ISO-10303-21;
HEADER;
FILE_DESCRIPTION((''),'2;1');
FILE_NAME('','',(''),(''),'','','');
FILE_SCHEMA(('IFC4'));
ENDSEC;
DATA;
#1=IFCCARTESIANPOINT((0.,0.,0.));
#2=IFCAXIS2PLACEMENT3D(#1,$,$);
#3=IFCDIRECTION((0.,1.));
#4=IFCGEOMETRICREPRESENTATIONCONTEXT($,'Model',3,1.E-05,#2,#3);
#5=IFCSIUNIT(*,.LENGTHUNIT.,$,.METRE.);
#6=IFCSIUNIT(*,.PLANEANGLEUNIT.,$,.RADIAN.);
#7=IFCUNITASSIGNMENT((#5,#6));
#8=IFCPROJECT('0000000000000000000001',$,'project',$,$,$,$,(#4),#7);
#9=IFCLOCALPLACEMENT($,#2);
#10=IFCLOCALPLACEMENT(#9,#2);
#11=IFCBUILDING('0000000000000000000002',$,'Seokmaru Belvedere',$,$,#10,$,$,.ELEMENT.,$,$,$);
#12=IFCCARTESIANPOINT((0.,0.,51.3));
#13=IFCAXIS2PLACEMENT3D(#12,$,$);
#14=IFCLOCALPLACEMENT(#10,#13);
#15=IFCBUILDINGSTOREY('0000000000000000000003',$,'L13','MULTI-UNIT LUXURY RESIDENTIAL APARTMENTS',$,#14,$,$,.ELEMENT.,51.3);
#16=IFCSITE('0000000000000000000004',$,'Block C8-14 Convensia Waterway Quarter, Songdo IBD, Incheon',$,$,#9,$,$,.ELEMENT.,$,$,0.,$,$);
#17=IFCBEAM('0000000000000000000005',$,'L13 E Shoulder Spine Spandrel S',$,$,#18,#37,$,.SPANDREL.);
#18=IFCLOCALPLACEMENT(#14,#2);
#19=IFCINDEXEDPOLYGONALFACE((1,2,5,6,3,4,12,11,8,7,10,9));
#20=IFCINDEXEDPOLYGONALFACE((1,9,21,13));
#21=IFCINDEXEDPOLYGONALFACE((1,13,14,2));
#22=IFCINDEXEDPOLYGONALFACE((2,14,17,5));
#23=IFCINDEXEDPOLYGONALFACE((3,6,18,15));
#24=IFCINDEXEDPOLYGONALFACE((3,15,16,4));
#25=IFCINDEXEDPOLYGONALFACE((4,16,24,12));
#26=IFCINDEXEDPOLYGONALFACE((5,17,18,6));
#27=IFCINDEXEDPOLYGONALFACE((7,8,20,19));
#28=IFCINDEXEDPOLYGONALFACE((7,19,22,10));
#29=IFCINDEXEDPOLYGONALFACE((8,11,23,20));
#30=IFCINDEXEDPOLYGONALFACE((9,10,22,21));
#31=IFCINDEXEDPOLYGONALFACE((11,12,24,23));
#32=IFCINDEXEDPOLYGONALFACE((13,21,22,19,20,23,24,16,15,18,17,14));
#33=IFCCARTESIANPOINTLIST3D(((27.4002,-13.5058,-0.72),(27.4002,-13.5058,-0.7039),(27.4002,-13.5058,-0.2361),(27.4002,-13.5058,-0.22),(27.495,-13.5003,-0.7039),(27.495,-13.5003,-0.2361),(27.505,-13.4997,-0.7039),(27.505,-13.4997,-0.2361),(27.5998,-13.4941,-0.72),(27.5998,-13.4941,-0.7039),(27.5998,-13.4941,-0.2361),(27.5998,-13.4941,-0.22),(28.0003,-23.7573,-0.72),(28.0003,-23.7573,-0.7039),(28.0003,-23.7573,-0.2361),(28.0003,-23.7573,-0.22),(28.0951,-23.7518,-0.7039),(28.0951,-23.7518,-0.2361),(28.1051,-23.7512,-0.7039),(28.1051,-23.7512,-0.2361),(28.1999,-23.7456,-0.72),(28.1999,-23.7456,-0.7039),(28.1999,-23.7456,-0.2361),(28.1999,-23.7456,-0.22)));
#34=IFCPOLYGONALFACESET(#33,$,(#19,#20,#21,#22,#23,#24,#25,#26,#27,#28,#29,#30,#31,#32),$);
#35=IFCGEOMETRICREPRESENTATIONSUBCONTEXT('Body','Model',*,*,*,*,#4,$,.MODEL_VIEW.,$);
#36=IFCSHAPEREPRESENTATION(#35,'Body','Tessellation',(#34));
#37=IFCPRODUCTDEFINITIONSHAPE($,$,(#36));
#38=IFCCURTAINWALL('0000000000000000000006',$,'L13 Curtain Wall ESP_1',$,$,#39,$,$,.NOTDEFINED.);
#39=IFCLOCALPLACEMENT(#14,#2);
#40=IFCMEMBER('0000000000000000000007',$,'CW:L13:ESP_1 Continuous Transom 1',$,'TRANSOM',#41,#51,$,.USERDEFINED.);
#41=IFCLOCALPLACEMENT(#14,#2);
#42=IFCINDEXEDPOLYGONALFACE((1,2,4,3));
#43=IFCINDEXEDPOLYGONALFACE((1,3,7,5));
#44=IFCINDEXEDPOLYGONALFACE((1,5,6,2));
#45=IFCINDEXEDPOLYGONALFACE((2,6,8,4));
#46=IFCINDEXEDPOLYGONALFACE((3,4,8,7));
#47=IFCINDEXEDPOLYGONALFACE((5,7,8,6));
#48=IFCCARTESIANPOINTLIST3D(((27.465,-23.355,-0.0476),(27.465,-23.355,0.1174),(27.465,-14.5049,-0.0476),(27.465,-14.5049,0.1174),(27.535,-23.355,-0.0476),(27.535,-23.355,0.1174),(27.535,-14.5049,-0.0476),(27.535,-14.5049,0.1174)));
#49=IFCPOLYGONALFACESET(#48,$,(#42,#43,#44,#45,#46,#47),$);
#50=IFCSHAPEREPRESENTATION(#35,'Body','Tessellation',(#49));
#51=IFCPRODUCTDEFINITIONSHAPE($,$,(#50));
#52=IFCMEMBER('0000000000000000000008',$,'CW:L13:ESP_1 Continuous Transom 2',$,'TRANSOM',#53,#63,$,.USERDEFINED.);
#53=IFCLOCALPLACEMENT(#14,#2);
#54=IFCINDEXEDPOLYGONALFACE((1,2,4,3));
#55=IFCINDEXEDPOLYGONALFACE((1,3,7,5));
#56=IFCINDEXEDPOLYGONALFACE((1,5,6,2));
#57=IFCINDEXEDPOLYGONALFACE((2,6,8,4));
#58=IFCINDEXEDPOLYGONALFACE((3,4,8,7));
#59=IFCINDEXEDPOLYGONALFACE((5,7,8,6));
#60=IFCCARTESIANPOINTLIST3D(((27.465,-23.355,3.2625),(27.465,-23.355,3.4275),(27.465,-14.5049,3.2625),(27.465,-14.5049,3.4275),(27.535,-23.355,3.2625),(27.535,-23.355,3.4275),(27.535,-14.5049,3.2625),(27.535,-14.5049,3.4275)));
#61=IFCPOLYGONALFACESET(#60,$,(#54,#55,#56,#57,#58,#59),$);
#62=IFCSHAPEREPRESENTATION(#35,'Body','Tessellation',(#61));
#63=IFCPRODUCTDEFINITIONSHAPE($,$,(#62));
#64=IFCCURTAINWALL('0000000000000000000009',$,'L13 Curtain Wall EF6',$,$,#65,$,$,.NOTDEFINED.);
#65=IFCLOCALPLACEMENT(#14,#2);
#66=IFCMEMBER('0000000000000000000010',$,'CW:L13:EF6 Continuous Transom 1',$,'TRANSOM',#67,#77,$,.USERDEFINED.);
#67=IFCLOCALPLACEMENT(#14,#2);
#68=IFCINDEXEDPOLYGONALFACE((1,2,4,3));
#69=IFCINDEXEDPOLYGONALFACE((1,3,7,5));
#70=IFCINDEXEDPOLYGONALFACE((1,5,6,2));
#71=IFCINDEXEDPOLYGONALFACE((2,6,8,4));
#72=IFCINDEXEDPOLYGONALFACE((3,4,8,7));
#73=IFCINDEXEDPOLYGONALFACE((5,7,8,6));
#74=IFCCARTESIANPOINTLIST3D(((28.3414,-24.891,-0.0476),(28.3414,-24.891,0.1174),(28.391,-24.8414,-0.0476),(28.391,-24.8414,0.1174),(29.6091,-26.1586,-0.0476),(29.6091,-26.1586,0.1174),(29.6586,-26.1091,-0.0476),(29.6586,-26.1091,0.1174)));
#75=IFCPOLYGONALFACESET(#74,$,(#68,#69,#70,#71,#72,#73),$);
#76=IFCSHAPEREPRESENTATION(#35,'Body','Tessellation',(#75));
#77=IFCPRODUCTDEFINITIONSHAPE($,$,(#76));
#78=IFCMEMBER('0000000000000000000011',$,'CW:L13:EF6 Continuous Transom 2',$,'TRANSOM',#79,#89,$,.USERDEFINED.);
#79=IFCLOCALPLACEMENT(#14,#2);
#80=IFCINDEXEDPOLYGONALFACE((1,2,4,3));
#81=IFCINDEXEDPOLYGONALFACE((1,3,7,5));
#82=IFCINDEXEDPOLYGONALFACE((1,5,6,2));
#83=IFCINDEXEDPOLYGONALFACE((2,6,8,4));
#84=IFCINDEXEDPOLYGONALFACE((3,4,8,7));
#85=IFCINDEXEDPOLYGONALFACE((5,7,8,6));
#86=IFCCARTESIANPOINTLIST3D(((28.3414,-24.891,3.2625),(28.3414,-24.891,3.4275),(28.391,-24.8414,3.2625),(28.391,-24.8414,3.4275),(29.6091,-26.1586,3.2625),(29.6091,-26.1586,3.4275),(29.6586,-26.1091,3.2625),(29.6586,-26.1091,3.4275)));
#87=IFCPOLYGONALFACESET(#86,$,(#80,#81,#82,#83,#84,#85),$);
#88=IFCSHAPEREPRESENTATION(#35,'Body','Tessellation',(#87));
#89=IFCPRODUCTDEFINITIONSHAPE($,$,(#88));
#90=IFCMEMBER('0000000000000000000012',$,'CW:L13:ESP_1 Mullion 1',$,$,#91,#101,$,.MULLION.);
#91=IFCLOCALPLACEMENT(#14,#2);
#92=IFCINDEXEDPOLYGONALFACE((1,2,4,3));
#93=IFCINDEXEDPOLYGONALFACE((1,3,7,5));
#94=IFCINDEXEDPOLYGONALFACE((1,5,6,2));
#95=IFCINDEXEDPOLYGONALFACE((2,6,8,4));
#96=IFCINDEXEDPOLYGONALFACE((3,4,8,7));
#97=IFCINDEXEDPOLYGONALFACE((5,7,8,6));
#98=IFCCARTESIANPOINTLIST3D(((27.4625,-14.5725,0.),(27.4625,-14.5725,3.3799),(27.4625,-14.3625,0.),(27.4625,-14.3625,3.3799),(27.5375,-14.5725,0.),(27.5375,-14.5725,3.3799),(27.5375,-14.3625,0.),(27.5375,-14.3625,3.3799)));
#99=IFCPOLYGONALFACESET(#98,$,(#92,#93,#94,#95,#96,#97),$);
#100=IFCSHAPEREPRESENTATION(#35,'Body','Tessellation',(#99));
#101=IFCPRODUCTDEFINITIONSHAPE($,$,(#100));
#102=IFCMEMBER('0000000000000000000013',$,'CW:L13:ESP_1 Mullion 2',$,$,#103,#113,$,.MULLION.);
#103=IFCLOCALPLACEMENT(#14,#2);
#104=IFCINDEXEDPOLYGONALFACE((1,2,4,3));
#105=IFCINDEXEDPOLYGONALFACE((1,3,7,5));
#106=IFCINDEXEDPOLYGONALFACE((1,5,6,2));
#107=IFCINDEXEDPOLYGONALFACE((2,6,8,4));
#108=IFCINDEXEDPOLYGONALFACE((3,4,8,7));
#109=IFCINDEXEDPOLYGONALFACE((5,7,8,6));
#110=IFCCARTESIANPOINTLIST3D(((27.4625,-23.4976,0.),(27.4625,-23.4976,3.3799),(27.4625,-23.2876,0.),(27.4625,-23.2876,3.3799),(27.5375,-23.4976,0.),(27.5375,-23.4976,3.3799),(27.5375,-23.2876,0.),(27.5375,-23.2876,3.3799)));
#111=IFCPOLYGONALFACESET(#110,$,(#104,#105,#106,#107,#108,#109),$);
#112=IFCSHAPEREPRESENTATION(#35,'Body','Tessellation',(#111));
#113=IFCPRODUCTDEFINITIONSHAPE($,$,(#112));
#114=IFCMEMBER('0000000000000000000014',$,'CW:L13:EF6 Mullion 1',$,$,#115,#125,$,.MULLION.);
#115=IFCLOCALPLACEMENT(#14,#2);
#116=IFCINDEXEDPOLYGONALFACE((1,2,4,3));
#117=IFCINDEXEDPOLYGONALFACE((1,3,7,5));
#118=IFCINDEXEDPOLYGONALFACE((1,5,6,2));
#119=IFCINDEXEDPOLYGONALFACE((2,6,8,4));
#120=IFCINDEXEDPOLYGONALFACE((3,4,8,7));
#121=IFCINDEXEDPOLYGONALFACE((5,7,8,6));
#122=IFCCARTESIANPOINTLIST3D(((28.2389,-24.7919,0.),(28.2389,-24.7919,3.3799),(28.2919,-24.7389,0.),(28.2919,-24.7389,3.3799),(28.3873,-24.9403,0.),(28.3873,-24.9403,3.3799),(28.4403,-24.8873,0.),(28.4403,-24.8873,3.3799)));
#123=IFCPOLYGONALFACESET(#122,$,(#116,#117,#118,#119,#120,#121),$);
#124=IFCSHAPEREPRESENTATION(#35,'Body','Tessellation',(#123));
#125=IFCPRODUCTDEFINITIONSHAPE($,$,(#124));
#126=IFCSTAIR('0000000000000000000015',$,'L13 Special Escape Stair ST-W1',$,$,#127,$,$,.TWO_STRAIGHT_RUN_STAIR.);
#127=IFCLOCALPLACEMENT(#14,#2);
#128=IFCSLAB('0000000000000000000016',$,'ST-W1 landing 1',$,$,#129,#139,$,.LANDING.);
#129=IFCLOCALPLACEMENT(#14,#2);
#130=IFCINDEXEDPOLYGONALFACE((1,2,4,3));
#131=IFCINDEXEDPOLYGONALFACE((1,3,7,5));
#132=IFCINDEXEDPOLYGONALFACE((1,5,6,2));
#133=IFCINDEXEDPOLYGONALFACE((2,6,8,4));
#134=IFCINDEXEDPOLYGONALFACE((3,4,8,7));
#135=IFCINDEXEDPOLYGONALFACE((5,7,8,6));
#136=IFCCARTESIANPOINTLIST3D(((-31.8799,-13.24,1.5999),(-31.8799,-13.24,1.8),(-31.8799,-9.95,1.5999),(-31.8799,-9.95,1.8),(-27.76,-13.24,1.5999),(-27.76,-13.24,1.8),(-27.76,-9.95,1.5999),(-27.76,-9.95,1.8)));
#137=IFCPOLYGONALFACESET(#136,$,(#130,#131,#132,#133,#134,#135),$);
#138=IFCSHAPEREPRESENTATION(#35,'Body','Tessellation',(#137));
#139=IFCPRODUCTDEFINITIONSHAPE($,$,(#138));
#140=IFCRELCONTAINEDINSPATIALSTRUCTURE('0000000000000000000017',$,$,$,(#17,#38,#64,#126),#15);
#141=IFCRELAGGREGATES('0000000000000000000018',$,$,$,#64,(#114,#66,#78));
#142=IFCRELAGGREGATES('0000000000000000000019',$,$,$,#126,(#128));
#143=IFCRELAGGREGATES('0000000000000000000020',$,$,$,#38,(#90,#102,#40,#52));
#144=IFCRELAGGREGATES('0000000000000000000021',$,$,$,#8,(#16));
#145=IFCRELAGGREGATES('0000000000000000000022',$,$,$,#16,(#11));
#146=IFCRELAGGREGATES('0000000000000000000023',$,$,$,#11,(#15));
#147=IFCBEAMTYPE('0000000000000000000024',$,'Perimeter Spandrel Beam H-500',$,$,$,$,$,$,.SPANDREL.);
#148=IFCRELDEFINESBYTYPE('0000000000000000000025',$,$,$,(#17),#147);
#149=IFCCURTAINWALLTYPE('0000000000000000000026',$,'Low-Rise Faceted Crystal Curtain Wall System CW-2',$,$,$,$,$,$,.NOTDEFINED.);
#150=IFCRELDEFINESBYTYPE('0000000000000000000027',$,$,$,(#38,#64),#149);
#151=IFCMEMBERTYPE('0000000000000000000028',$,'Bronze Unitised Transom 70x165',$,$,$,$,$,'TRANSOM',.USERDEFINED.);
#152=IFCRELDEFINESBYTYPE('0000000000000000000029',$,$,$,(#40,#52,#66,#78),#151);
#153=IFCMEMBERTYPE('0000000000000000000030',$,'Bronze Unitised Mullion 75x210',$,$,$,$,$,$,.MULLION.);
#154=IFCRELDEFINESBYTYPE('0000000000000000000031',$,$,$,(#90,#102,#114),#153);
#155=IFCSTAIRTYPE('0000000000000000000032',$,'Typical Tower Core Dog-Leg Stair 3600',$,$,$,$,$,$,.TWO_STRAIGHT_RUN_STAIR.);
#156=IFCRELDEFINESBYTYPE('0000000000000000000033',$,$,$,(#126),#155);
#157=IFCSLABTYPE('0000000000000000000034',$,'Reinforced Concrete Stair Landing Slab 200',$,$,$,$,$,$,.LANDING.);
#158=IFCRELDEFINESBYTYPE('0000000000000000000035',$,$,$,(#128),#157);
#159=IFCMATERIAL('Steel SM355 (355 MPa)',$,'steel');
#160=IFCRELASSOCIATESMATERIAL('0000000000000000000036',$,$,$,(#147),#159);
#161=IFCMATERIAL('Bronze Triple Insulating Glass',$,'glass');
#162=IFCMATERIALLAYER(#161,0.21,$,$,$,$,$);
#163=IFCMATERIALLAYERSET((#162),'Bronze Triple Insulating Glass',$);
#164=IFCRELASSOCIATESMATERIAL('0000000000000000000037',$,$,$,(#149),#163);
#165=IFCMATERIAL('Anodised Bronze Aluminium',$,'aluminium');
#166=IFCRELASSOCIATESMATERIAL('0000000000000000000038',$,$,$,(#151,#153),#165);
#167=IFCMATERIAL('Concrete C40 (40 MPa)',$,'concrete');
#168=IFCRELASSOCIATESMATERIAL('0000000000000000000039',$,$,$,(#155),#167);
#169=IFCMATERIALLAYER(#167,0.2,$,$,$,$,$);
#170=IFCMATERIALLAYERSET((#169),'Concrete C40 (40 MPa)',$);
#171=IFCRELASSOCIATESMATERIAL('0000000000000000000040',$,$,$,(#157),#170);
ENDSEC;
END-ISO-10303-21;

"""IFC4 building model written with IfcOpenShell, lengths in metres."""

from ifc_helpers import new_model, si_unit, direction, frame, origin, origin_2d, place, context, subcontext, project, spatial, polyline, rectangle, i_section, outline, extrude, source, transform, mapped, material, layer, layer_set, material_profile, profile_set, type_object, type_shapes, element, aggregate, save


model = new_model("IFC4")

# Units and contexts
model_context = context("Model", 3, precision=1e-05, world=origin(), true_north=direction((0.0, 1.0)))
body_context = subcontext(model_context, "Body", "Model", "MODEL_VIEW")
ifc_project = project(units=[si_unit("LENGTHUNIT", "METRE"), si_unit("PLANEANGLEUNIT", "RADIAN")], contexts=[model_context])

# Site, building, storey
site_placement = place(None, origin())
site = spatial("IfcSite", under=ifc_project, at=site_placement, Name="Block C8-14 Convensia Waterway Quarter, Songdo IBD, Incheon", CompositionType="ELEMENT", RefElevation=0.0)
building_placement = place(site_placement, origin())
building = spatial("IfcBuilding", under=site, at=building_placement, Name="Seokmaru Belvedere", CompositionType="ELEMENT")
storey_placement = place(building_placement, frame((0.0, 0.0, 51.3)))
storey = spatial("IfcBuildingStorey", under=building, at=storey_placement, Name="L13", Description="MULTI-UNIT LUXURY RESIDENTIAL APARTMENTS", CompositionType="ELEMENT", Elevation=51.3)

# Shared definitions
ifc_material_1 = material(Name="Steel SM355 (355 MPa)", Category="steel")

# Beam
ifc_material_profile_1 = material_profile(ifc_material_1, i_section(OverallWidth=0.2, OverallDepth=0.5, WebThickness=0.01, FlangeThickness=0.0161, at=origin_2d()), Name="H-500x200x10x16")
ifc_profile_set_1 = profile_set([ifc_material_profile_1], Name="Steel SM355 (355 MPa)")
beam_type_1 = type_object("IfcBeamType", Name="Perimeter Spandrel Beam H-500", PredefinedType="SPANDREL", material=ifc_profile_set_1)
shared_shape_1 = source(origin(), body_context, "Body", "SweptSolid", [
    extrude(i_section(OverallWidth=0.2, OverallDepth=0.5, WebThickness=0.01, FlangeThickness=0.0161, at=origin_2d()), origin(), (0.0, 0.0, 1.0), 10.269),
])
beam_1_placement = place(storey_placement, frame((28.1001, -23.7515, -0.47), z_axis=(-0.058438, 0.998291, 0.0), x_axis=(-0.998291, -0.058438, 0.0)))
element("IfcBeam", 1, at=beam_1_placement, inside=storey, type_object=beam_type_1, Name="L13 E Shoulder Spine Spandrel S", PredefinedType="SPANDREL", context=body_context, shape_type="MappedRepresentation", body=[
    mapped(shared_shape_1, transform((0.0, 0.0, 0.0), scale=1.0)),
])

# Curtain walls, members
ifc_material_2 = material(Name="Bronze Triple Insulating Glass", Category="glass")
ifc_layer_1 = layer(ifc_material_2, 0.21)
ifc_layer_set_1 = layer_set([ifc_layer_1], Name="Bronze Triple Insulating Glass")
curtain_wall_type = type_object("IfcCurtainWallType", Name="Low-Rise Faceted Crystal Curtain Wall System CW-2", PredefinedType="NOTDEFINED", material=ifc_layer_set_1)
curtain_wall_1_placement = place(storey_placement, origin())
curtain_wall_1 = element("IfcCurtainWall", 2, at=curtain_wall_1_placement, inside=storey, type_object=curtain_wall_type, Name="L13 Curtain Wall ESP_1", PredefinedType="NOTDEFINED")
ifc_material_3 = material(Name="Anodised Bronze Aluminium", Category="aluminium")
ifc_material_profile_2 = material_profile(ifc_material_3, rectangle(XDim=0.0701, YDim=0.165, at=origin_2d()), Name="CW-T-70x165")
ifc_profile_set_2 = profile_set([ifc_material_profile_2], Name="Anodised Bronze Aluminium")
member_type_1 = type_object("IfcMemberType", Name="Bronze Unitised Transom 70x165", ElementType="TRANSOM", PredefinedType="USERDEFINED", material=ifc_profile_set_2)
shared_shape_2 = source(origin(), body_context, "Body", "SweptSolid", [
    extrude(rectangle(XDim=0.0701, YDim=0.165, at=origin_2d()), origin(), (0.0, 0.0, 1.0), 8.8501),
])
member_1_placement = place(storey_placement, frame((27.5, -14.5049, 0.0349), z_axis=(0.0, -1.0, 0.0), x_axis=(1.0, 0.0, 0.0)))
member_1 = element("IfcMember", 3, at=member_1_placement, type_object=member_type_1, Name="CW:L13:ESP_1 Continuous Transom 1", ObjectType="TRANSOM", PredefinedType="USERDEFINED", context=body_context, shape_type="MappedRepresentation", body=[
    mapped(shared_shape_2, transform((0.0, 0.0, 0.0), scale=1.0)),
])
member_2_placement = place(storey_placement, frame((27.5, -14.5049, 3.345), z_axis=(0.0, -1.0, 0.0), x_axis=(1.0, 0.0, 0.0)))
member_2 = element("IfcMember", 4, at=member_2_placement, type_object=member_type_1, Name="CW:L13:ESP_1 Continuous Transom 2", ObjectType="TRANSOM", PredefinedType="USERDEFINED", context=body_context, shape_type="MappedRepresentation", body=[
    mapped(shared_shape_2, transform((0.0, 0.0, 0.0), scale=1.0)),
])
curtain_wall_2_placement = place(storey_placement, origin())
curtain_wall_2 = element("IfcCurtainWall", 5, at=curtain_wall_2_placement, inside=storey, type_object=curtain_wall_type, Name="L13 Curtain Wall EF6", PredefinedType="NOTDEFINED")
shared_shape_3 = source(origin(), body_context, "Body", "SweptSolid", [
    extrude(rectangle(XDim=0.0701, YDim=0.165, at=origin_2d()), origin(), (0.0, 0.0, 1.0), 1.7927),
])
type_shapes(member_type_1, [shared_shape_2, shared_shape_3])
member_3_placement = place(storey_placement, frame((28.3662, -24.8662, 0.0349), z_axis=(0.707107, -0.707107, 0.0), x_axis=(0.707107, 0.707107, 0.0)))
member_3 = element("IfcMember", 6, at=member_3_placement, type_object=member_type_1, Name="CW:L13:EF6 Continuous Transom 1", ObjectType="TRANSOM", PredefinedType="USERDEFINED", context=body_context, shape_type="MappedRepresentation", body=[
    mapped(shared_shape_3, transform((0.0, 0.0, 0.0), scale=1.0)),
])
member_4_placement = place(storey_placement, frame((28.3662, -24.8662, 3.345), z_axis=(0.707107, -0.707107, 0.0), x_axis=(0.707107, 0.707107, 0.0)))
member_4 = element("IfcMember", 7, at=member_4_placement, type_object=member_type_1, Name="CW:L13:EF6 Continuous Transom 2", ObjectType="TRANSOM", PredefinedType="USERDEFINED", context=body_context, shape_type="MappedRepresentation", body=[
    mapped(shared_shape_3, transform((0.0, 0.0, 0.0), scale=1.0)),
])

# Members
ifc_material_profile_3 = material_profile(ifc_material_3, rectangle(XDim=0.075, YDim=0.21, at=origin_2d()), Name="CW-M-75x210")
ifc_profile_set_3 = profile_set([ifc_material_profile_3], Name="Anodised Bronze Aluminium")
member_type_2 = type_object("IfcMemberType", Name="Bronze Unitised Mullion 75x210", PredefinedType="MULLION", material=ifc_profile_set_3)
shared_shape_4 = source(origin(), body_context, "Body", "SweptSolid", [
    extrude(rectangle(XDim=0.075, YDim=0.21, at=origin_2d()), origin(), (0.0, 0.0, 1.0), 3.3799),
])
type_shapes(member_type_2, [shared_shape_4])
member_5_placement = place(storey_placement, frame((27.5, -14.4675, 0.0), z_axis=(0.0, 0.0, 1.0), x_axis=(1.0, 0.0, 0.0)))
member_5 = element("IfcMember", 8, at=member_5_placement, type_object=member_type_2, Name="CW:L13:ESP_1 Mullion 1", PredefinedType="MULLION", context=body_context, shape_type="MappedRepresentation", body=[
    mapped(shared_shape_4, transform((0.0, 0.0, 0.0), scale=1.0)),
])
member_6_placement = place(storey_placement, frame((27.5, -23.3926, 0.0), z_axis=(0.0, 0.0, 1.0), x_axis=(1.0, 0.0, 0.0)))
member_6 = element("IfcMember", 9, at=member_6_placement, type_object=member_type_2, Name="CW:L13:ESP_1 Mullion 2", PredefinedType="MULLION", context=body_context, shape_type="MappedRepresentation", body=[
    mapped(shared_shape_4, transform((0.0, 0.0, 0.0), scale=1.0)),
])
member_7_placement = place(storey_placement, frame((28.3396, -24.8396, 0.0), z_axis=(0.0, 0.0, 1.0), x_axis=(0.707107, 0.707107, 0.0)))
member_7 = element("IfcMember", 10, at=member_7_placement, type_object=member_type_2, Name="CW:L13:EF6 Mullion 1", PredefinedType="MULLION", context=body_context, shape_type="MappedRepresentation", body=[
    mapped(shared_shape_4, transform((0.0, 0.0, 0.0), scale=1.0)),
])
aggregate(curtain_wall_2, [member_7, member_3, member_4])

# Stair, slab
ifc_material_4 = material(Name="Concrete C40 (40 MPa)", Category="concrete")
stair_type = type_object("IfcStairType", Name="Typical Tower Core Dog-Leg Stair 3600", PredefinedType="TWO_STRAIGHT_RUN_STAIR", material=ifc_material_4)
stair_placement = place(storey_placement, origin())
stair = element("IfcStair", 11, at=stair_placement, inside=storey, type_object=stair_type, Name="L13 Special Escape Stair ST-W1", PredefinedType="TWO_STRAIGHT_RUN_STAIR")
ifc_layer_2 = layer(ifc_material_4, 0.2)
ifc_layer_set_2 = layer_set([ifc_layer_2], Name="Concrete C40 (40 MPa)")
slab_type_1 = type_object("IfcSlabType", Name="Reinforced Concrete Stair Landing Slab 200", PredefinedType="LANDING", material=ifc_layer_set_2)
slab_1_placement = place(storey_placement, frame((0.0, 0.0, 1.5999)))
slab_1 = element("IfcSlab", 12, at=slab_1_placement, type_object=slab_type_1, Name="ST-W1 landing 1", PredefinedType="LANDING", context=body_context, shape_type="SweptSolid", body=[
    extrude(outline(polyline([(-31.8799, -13.24), (-27.76, -13.24), (-27.76, -9.95), (-31.8799, -9.95), (-31.8799, -13.24)])), origin(), (0.0, 0.0, 1.0), 0.2002),
])
aggregate(stair, [slab_1])

aggregate(curtain_wall_1, [member_5, member_6, member_1, member_2])

save(model, "model.ifc")
